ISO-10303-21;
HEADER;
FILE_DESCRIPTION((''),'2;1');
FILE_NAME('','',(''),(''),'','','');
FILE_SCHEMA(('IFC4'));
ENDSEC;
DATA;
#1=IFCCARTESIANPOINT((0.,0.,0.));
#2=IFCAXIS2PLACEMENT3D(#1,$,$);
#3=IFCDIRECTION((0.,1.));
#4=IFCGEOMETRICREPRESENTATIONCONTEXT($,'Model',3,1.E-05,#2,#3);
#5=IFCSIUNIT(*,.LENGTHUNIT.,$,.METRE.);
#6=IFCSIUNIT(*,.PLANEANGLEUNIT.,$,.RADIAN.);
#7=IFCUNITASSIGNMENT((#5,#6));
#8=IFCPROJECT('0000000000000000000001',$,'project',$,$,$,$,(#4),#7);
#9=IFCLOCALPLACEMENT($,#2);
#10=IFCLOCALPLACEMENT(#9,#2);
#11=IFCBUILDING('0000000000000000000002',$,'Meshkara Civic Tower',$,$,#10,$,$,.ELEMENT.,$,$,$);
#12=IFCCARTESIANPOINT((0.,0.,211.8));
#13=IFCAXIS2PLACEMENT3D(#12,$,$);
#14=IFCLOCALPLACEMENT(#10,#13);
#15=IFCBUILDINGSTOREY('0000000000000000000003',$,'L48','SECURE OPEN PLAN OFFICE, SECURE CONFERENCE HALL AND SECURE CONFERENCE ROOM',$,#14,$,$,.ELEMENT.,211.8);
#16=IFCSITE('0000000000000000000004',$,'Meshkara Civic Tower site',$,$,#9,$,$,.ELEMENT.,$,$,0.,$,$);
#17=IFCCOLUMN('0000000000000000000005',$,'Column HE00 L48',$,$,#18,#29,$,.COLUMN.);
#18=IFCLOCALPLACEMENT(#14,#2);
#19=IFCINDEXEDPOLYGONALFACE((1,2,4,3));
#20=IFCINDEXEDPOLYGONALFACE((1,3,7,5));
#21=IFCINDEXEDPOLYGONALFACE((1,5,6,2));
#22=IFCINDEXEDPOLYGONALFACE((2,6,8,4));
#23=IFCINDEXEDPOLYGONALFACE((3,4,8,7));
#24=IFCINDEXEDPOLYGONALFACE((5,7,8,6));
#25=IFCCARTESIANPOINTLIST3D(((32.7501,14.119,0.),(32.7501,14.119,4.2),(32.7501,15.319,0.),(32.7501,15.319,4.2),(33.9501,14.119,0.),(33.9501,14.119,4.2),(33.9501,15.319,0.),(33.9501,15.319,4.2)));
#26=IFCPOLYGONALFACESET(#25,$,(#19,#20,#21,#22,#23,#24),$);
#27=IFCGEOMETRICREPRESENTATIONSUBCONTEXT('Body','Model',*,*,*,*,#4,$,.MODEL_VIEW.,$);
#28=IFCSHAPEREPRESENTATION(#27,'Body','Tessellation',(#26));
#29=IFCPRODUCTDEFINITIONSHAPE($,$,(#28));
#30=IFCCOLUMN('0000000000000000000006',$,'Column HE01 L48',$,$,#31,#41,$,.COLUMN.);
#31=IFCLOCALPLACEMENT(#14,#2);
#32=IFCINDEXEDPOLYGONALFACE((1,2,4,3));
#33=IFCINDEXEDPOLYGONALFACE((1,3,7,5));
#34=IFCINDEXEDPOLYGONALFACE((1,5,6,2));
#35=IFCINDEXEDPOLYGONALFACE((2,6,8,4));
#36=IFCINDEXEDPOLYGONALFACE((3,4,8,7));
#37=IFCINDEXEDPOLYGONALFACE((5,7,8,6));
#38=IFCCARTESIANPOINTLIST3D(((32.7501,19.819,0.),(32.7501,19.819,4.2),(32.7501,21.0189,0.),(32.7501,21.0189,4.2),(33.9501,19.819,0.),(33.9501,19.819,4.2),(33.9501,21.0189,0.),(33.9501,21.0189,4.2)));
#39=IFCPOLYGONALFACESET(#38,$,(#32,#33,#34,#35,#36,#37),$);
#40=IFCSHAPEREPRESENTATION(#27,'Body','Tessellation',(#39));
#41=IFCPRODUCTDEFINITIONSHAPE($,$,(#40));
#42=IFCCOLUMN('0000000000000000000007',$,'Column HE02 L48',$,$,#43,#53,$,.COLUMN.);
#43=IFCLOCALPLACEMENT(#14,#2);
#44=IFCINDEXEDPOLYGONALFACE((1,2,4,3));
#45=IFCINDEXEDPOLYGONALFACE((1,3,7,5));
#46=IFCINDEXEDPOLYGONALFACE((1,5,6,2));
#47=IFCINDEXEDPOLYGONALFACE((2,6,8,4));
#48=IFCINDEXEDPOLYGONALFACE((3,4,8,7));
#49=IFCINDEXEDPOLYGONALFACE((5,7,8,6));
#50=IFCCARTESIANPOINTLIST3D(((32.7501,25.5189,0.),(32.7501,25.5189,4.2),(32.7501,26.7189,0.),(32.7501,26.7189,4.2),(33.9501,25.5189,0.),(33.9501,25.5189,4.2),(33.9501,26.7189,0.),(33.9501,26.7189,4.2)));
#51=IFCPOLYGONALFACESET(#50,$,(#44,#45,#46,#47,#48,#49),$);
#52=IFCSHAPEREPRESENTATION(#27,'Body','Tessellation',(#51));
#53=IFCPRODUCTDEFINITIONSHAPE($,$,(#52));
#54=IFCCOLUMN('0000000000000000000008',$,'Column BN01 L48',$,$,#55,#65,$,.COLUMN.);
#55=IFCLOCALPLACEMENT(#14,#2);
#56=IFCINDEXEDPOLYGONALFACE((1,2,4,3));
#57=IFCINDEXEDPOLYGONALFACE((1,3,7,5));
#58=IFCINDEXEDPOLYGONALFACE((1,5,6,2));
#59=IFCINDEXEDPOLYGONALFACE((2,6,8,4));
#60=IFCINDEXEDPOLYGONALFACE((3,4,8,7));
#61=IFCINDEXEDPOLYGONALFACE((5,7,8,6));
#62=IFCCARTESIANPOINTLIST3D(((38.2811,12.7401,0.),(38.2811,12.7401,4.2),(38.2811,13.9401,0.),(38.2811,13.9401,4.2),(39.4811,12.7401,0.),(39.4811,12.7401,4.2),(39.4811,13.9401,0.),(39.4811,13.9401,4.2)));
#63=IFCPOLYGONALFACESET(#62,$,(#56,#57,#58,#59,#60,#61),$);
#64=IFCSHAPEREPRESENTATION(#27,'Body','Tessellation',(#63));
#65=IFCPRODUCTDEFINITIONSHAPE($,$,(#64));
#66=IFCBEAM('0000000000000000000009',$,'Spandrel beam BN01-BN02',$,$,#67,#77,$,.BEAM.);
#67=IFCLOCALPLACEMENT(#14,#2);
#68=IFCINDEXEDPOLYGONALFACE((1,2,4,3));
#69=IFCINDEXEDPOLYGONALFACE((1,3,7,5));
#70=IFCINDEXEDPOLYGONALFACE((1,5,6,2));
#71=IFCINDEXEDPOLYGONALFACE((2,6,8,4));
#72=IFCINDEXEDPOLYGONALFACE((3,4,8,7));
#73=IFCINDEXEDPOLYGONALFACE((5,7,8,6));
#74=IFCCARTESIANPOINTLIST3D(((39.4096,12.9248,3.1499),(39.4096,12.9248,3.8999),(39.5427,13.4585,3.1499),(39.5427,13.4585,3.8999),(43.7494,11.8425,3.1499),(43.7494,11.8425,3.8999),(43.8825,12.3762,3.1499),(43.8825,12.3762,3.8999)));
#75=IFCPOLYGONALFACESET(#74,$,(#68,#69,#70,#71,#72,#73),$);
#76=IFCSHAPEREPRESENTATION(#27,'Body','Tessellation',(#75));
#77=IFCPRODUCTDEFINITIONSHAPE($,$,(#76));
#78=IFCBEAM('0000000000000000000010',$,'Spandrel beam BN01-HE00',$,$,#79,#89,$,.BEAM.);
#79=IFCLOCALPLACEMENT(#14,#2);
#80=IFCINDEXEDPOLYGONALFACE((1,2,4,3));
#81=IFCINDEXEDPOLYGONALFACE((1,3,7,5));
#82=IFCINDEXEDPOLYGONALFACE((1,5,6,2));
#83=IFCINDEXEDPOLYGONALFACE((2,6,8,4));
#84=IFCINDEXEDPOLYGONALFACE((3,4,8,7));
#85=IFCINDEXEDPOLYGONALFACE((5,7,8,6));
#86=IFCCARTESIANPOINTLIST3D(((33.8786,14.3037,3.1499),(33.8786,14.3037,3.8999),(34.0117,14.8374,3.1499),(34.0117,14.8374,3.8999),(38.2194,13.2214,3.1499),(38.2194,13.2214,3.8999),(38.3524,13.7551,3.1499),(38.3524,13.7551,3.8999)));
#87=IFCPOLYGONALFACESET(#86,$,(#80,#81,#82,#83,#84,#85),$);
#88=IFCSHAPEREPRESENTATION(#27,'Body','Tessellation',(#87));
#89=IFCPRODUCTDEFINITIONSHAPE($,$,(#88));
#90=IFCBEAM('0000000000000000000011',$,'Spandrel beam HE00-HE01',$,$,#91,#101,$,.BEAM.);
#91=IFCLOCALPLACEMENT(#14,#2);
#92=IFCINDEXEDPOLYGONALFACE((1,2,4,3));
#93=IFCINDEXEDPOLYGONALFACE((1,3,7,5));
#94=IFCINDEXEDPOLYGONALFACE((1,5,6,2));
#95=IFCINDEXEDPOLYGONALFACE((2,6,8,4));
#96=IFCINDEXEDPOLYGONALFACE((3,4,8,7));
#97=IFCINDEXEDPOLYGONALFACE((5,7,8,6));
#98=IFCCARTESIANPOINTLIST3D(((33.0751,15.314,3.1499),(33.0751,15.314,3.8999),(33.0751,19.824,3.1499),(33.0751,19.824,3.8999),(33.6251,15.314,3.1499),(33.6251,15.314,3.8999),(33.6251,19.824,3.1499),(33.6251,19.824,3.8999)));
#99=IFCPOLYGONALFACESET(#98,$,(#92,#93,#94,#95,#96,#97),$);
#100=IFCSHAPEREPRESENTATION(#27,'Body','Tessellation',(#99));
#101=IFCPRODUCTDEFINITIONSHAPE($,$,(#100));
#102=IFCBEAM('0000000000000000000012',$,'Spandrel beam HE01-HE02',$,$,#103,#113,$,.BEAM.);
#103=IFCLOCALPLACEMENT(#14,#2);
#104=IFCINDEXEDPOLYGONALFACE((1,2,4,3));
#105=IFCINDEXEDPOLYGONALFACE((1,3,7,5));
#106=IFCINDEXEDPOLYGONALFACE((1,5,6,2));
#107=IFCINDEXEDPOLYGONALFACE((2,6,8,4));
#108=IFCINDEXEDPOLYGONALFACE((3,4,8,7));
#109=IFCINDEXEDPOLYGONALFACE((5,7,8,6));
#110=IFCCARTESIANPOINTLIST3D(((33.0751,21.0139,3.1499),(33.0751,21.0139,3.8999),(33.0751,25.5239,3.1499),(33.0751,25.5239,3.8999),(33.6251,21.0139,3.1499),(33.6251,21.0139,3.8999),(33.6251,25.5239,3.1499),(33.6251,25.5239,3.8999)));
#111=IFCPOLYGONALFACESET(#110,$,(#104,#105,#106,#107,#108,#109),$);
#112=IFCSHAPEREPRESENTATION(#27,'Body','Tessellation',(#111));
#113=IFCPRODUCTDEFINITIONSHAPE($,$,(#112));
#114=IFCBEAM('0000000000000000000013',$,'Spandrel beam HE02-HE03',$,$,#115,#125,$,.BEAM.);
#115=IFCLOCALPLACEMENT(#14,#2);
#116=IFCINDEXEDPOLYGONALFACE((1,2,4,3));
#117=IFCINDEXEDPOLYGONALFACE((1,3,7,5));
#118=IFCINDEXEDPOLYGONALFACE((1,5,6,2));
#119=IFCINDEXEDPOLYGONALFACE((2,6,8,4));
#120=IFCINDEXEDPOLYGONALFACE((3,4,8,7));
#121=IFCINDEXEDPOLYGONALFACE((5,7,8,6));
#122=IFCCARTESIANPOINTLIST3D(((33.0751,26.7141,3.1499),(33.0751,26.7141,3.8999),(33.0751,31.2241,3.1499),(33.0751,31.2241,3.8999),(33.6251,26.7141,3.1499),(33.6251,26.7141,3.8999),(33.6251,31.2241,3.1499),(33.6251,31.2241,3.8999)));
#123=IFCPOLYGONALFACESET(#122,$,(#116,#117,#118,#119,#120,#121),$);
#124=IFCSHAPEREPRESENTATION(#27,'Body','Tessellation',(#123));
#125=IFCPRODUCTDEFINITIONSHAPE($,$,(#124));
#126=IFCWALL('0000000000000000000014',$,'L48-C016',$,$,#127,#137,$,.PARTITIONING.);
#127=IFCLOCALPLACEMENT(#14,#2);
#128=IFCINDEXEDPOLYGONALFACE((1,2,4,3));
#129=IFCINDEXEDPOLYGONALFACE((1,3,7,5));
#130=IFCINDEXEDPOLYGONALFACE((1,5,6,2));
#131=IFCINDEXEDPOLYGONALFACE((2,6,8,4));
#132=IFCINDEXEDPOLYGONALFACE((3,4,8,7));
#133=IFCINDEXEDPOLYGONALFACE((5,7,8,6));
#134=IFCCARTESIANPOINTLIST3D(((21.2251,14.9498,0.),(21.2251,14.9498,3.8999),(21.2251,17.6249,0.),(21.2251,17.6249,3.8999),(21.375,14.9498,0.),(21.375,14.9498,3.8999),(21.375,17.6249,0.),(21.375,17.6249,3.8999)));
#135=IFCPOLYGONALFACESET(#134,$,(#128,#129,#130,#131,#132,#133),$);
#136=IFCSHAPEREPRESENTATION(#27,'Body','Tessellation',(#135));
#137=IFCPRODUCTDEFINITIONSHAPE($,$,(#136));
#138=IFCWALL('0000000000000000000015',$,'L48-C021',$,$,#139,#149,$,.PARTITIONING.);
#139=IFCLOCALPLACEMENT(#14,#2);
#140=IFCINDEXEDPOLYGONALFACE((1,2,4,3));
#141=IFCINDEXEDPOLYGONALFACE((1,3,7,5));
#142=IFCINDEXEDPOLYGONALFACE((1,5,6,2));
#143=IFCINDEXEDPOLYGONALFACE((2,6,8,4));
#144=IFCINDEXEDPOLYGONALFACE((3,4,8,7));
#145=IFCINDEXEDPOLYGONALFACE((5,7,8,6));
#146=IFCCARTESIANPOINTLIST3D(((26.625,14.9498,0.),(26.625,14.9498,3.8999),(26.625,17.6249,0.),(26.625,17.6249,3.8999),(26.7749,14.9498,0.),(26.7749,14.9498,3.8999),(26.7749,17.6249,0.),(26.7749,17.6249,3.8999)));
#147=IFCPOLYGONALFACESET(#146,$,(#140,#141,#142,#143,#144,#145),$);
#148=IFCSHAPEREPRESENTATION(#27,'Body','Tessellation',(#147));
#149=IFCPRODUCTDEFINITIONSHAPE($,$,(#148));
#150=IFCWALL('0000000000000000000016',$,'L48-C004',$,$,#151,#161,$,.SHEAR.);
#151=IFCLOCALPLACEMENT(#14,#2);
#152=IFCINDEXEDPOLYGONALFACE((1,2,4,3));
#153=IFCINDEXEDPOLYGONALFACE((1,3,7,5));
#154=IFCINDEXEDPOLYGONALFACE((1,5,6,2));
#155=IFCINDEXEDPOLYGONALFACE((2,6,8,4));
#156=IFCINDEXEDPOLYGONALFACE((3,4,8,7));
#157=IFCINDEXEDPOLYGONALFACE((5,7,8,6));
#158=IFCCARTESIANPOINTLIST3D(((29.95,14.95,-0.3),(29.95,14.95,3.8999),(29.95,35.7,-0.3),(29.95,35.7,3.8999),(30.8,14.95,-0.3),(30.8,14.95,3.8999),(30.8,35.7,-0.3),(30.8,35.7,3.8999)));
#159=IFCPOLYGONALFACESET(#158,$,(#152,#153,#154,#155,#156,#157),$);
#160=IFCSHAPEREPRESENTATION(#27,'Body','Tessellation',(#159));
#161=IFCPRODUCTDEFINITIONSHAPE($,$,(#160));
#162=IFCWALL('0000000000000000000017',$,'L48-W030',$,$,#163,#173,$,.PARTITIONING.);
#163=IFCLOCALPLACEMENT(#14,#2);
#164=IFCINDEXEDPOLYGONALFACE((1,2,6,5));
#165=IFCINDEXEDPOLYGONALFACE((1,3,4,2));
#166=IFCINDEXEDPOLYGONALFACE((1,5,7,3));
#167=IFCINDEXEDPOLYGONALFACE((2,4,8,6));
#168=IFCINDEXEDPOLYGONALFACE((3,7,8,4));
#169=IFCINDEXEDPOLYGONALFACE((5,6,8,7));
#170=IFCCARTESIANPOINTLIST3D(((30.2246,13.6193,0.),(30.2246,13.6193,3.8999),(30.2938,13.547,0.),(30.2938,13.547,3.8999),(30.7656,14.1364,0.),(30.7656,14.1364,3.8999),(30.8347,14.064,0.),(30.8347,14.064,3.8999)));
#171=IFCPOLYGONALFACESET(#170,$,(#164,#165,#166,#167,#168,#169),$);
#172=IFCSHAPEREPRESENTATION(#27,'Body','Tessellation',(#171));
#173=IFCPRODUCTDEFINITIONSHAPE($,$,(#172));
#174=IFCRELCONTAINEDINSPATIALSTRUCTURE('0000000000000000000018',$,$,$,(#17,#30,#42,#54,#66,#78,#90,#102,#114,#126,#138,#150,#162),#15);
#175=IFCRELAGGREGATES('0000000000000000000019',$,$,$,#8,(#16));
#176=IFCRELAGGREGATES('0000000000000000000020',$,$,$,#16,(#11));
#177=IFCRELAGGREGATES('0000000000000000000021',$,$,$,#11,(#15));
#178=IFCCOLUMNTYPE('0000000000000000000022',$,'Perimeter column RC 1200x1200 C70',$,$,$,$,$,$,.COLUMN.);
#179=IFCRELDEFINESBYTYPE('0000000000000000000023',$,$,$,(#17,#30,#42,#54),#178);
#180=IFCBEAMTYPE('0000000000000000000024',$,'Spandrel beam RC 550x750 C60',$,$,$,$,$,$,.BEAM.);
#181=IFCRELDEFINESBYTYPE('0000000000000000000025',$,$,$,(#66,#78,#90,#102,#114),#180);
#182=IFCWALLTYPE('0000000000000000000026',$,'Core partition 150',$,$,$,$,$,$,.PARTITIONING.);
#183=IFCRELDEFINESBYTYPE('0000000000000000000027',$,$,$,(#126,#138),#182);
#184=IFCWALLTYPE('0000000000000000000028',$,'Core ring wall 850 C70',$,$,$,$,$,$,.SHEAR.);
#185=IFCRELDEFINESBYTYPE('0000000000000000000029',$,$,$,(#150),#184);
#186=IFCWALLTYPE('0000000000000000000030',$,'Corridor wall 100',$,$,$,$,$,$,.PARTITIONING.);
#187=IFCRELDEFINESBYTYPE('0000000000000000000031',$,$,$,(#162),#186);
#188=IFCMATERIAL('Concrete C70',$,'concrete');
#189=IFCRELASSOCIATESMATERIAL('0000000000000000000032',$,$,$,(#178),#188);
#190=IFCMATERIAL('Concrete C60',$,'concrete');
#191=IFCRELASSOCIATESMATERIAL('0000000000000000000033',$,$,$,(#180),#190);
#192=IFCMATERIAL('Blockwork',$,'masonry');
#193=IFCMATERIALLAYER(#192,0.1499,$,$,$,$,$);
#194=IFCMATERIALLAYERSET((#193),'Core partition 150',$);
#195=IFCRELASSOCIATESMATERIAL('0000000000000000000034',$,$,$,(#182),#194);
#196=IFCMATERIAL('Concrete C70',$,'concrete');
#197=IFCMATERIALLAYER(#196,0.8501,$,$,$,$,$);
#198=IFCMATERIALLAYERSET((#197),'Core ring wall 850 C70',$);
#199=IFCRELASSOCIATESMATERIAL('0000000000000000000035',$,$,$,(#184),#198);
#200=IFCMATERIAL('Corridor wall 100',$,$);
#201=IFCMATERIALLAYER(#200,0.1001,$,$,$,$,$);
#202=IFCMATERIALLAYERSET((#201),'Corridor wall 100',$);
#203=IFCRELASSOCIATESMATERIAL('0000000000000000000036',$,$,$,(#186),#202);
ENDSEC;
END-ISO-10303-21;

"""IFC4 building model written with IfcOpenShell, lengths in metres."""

from ifc_helpers import new_model, si_unit, direction, frame, frame_2d, origin, origin_2d, place, context, subcontext, project, spatial, rectangle, extrude, material, layer, layer_set, material_profile, profile_set, type_object, element, save


model = new_model("IFC4")

# Units and contexts
model_context = context("Model", 3, precision=1e-05, world=origin(), true_north=direction((0.0, 1.0)))
body_context = subcontext(model_context, "Body", "Model", "MODEL_VIEW")
ifc_project = project(units=[si_unit("LENGTHUNIT", "METRE"), si_unit("PLANEANGLEUNIT", "RADIAN")], contexts=[model_context])

# Site, building, storey
site_placement = place(None, origin())
site = spatial("IfcSite", under=ifc_project, at=site_placement, Name="Meshkara Civic Tower site", CompositionType="ELEMENT", RefElevation=0.0)
building_placement = place(site_placement, origin())
building = spatial("IfcBuilding", under=site, at=building_placement, Name="Meshkara Civic Tower", CompositionType="ELEMENT")
storey_placement = place(building_placement, frame((0.0, 0.0, 211.8)))
storey = spatial("IfcBuildingStorey", under=building, at=storey_placement, Name="L48", Description="SECURE OPEN PLAN OFFICE, SECURE CONFERENCE HALL AND SECURE CONFERENCE ROOM", CompositionType="ELEMENT", Elevation=211.8)

# Columns
ifc_material_1 = material(Name="Concrete C70", Category="concrete")
ifc_material_profile_1 = material_profile(ifc_material_1, rectangle(XDim=1.2, YDim=1.2, at=origin_2d()))
ifc_profile_set_1 = profile_set([ifc_material_profile_1], Name="Concrete C70")
column_type = type_object("IfcColumnType", Name="Perimeter column RC 1200x1200 C70", PredefinedType="COLUMN", material=ifc_profile_set_1)
for number, where, z_axis, x_axis, name in (
    (1, (33.3501, 14.719, 0.0), (0.0, 0.0, 1.0), (1.0, 0.0, 0.0), "Column HE00 L48"),
    (2, (33.3501, 20.4189, 0.0), (0.0, 0.0, 1.0), (1.0, 0.0, 0.0), "Column HE01 L48"),
    (3, (33.3501, 26.1189, 0.0), (0.0, 0.0, 1.0), (1.0, 0.0, 0.0), "Column HE02 L48"),
    (4, (38.8811, 13.3401, 0.0), (0.0, 0.0, 1.0), (1.0, 0.0, 0.0), "Column BN01 L48"),
):
    element("IfcColumn", number, at=place(storey_placement, frame(where, z_axis=z_axis, x_axis=x_axis)), inside=storey, type_object=column_type, Name=name, PredefinedType="COLUMN", context=body_context, shape_type="SweptSolid", body=[
        extrude(rectangle(XDim=1.2, YDim=1.2, at=origin_2d()), origin(), (0.0, 0.0, 1.0), 4.2),
    ])

# Beams
ifc_material_2 = material(Name="Concrete C60", Category="concrete")
ifc_material_profile_2 = material_profile(ifc_material_2, rectangle(XDim=0.55, YDim=0.75, at=origin_2d()))
ifc_profile_set_2 = profile_set([ifc_material_profile_2], Name="Concrete C60")
beam_type = type_object("IfcBeamType", Name="Spandrel beam RC 550x750 C60", PredefinedType="BEAM", material=ifc_profile_set_2)
beam_1_placement = place(storey_placement, frame((43.8159, 12.1094, 3.5249), z_axis=(-0.970284, 0.24197, 0.0), x_axis=(-0.24197, -0.970284, 0.0)))
element("IfcBeam", 5, at=beam_1_placement, inside=storey, type_object=beam_type, Name="Spandrel beam BN01-BN02", PredefinedType="BEAM", context=body_context, shape_type="SweptSolid", body=[
    extrude(rectangle(XDim=0.55, YDim=0.75, at=origin_2d()), origin(), (0.0, 0.0, 1.0), 4.4727),
])
beam_2_placement = place(storey_placement, frame((38.2859, 13.4883, 3.5249), z_axis=(-0.970296, 0.241919, 0.0), x_axis=(-0.241919, -0.970296, 0.0)))
element("IfcBeam", 6, at=beam_2_placement, inside=storey, type_object=beam_type, Name="Spandrel beam BN01-HE00", PredefinedType="BEAM", context=body_context, shape_type="SweptSolid", body=[
    extrude(rectangle(XDim=0.55, YDim=0.75, at=origin_2d()), origin(), (0.0, 0.0, 1.0), 4.4736),
])
for number, where, z_axis, x_axis, name in (
    (7, (33.3501, 15.314, 3.5249), (0.0, 1.0, 0.0), (-1.0, 0.0, 0.0), "Spandrel beam HE00-HE01"),
    (8, (33.3501, 21.0139, 3.5249), (0.0, 1.0, 0.0), (-1.0, 0.0, 0.0), "Spandrel beam HE01-HE02"),
    (9, (33.3501, 26.7141, 3.5249), (0.0, 1.0, 0.0), (-1.0, 0.0, 0.0), "Spandrel beam HE02-HE03"),
):
    element("IfcBeam", number, at=place(storey_placement, frame(where, z_axis=z_axis, x_axis=x_axis)), inside=storey, type_object=beam_type, Name=name, PredefinedType="BEAM", context=body_context, shape_type="SweptSolid", body=[
        extrude(rectangle(XDim=0.55, YDim=0.75, at=origin_2d()), origin(), (0.0, 0.0, 1.0), 4.51),
    ])

# Walls
ifc_material_3 = material(Name="Blockwork", Category="masonry")
ifc_layer_1 = layer(ifc_material_3, 0.1499)
ifc_layer_set_1 = layer_set([ifc_layer_1], Name="Core partition 150")
wall_type_1 = type_object("IfcWallType", Name="Core partition 150", PredefinedType="PARTITIONING", material=ifc_layer_set_1)
for number, where, z_axis, x_axis, name in (
    (10, (21.3, 14.95, 0.0), (0.0, 0.0, 1.0), (0.0, 1.0, 0.0), "L48-C016"),
    (11, (26.7, 14.95, 0.0), (0.0, 0.0, 1.0), (0.0, 1.0, 0.0), "L48-C021"),
):
    element("IfcWall", number, at=place(storey_placement, frame(where, z_axis=z_axis, x_axis=x_axis)), inside=storey, type_object=wall_type_1, Name=name, PredefinedType="PARTITIONING", context=body_context, shape_type="SweptSolid", body=[
        extrude(rectangle(XDim=2.675, YDim=0.1499, at=frame_2d((1.3374, 0.0))), origin(), (0.0, 0.0, 1.0), 3.8999),
    ])
ifc_material_4 = material(Name="Concrete C70", Category="concrete")
ifc_layer_2 = layer(ifc_material_4, 0.8501)
ifc_layer_set_2 = layer_set([ifc_layer_2], Name="Core ring wall 850 C70")
wall_type_2 = type_object("IfcWallType", Name="Core ring wall 850 C70", PredefinedType="SHEAR", material=ifc_layer_set_2)
wall_1_placement = place(storey_placement, frame((30.375, 14.95, -0.3), z_axis=(0.0, 0.0, 1.0), x_axis=(0.0, 1.0, 0.0)))
element("IfcWall", 12, at=wall_1_placement, inside=storey, type_object=wall_type_2, Name="L48-C004", PredefinedType="SHEAR", context=body_context, shape_type="SweptSolid", body=[
    extrude(rectangle(XDim=20.75, YDim=0.8501, at=frame_2d((10.375, 0.0))), origin(), (0.0, 0.0, 1.0), 4.2),
])
ifc_material_5 = material(Name="Corridor wall 100")
ifc_layer_3 = layer(ifc_material_5, 0.1001)
ifc_layer_set_3 = layer_set([ifc_layer_3], Name="Corridor wall 100")
wall_type_3 = type_object("IfcWallType", Name="Corridor wall 100", PredefinedType="PARTITIONING", material=ifc_layer_set_3)
wall_2_placement = place(storey_placement, frame((30.8, 14.1001, 0.0), z_axis=(0.0, 0.0, 1.0), x_axis=(-0.722911, -0.690941, 0.0)))
element("IfcWall", 13, at=wall_2_placement, inside=storey, type_object=wall_type_3, Name="L48-W030", PredefinedType="PARTITIONING", context=body_context, shape_type="SweptSolid", body=[
    extrude(rectangle(XDim=0.7483, YDim=0.1001, at=frame_2d((0.374, 0.0))), origin(), (0.0, 0.0, 1.0), 3.8999),
])

save(model, "model.ifc")
